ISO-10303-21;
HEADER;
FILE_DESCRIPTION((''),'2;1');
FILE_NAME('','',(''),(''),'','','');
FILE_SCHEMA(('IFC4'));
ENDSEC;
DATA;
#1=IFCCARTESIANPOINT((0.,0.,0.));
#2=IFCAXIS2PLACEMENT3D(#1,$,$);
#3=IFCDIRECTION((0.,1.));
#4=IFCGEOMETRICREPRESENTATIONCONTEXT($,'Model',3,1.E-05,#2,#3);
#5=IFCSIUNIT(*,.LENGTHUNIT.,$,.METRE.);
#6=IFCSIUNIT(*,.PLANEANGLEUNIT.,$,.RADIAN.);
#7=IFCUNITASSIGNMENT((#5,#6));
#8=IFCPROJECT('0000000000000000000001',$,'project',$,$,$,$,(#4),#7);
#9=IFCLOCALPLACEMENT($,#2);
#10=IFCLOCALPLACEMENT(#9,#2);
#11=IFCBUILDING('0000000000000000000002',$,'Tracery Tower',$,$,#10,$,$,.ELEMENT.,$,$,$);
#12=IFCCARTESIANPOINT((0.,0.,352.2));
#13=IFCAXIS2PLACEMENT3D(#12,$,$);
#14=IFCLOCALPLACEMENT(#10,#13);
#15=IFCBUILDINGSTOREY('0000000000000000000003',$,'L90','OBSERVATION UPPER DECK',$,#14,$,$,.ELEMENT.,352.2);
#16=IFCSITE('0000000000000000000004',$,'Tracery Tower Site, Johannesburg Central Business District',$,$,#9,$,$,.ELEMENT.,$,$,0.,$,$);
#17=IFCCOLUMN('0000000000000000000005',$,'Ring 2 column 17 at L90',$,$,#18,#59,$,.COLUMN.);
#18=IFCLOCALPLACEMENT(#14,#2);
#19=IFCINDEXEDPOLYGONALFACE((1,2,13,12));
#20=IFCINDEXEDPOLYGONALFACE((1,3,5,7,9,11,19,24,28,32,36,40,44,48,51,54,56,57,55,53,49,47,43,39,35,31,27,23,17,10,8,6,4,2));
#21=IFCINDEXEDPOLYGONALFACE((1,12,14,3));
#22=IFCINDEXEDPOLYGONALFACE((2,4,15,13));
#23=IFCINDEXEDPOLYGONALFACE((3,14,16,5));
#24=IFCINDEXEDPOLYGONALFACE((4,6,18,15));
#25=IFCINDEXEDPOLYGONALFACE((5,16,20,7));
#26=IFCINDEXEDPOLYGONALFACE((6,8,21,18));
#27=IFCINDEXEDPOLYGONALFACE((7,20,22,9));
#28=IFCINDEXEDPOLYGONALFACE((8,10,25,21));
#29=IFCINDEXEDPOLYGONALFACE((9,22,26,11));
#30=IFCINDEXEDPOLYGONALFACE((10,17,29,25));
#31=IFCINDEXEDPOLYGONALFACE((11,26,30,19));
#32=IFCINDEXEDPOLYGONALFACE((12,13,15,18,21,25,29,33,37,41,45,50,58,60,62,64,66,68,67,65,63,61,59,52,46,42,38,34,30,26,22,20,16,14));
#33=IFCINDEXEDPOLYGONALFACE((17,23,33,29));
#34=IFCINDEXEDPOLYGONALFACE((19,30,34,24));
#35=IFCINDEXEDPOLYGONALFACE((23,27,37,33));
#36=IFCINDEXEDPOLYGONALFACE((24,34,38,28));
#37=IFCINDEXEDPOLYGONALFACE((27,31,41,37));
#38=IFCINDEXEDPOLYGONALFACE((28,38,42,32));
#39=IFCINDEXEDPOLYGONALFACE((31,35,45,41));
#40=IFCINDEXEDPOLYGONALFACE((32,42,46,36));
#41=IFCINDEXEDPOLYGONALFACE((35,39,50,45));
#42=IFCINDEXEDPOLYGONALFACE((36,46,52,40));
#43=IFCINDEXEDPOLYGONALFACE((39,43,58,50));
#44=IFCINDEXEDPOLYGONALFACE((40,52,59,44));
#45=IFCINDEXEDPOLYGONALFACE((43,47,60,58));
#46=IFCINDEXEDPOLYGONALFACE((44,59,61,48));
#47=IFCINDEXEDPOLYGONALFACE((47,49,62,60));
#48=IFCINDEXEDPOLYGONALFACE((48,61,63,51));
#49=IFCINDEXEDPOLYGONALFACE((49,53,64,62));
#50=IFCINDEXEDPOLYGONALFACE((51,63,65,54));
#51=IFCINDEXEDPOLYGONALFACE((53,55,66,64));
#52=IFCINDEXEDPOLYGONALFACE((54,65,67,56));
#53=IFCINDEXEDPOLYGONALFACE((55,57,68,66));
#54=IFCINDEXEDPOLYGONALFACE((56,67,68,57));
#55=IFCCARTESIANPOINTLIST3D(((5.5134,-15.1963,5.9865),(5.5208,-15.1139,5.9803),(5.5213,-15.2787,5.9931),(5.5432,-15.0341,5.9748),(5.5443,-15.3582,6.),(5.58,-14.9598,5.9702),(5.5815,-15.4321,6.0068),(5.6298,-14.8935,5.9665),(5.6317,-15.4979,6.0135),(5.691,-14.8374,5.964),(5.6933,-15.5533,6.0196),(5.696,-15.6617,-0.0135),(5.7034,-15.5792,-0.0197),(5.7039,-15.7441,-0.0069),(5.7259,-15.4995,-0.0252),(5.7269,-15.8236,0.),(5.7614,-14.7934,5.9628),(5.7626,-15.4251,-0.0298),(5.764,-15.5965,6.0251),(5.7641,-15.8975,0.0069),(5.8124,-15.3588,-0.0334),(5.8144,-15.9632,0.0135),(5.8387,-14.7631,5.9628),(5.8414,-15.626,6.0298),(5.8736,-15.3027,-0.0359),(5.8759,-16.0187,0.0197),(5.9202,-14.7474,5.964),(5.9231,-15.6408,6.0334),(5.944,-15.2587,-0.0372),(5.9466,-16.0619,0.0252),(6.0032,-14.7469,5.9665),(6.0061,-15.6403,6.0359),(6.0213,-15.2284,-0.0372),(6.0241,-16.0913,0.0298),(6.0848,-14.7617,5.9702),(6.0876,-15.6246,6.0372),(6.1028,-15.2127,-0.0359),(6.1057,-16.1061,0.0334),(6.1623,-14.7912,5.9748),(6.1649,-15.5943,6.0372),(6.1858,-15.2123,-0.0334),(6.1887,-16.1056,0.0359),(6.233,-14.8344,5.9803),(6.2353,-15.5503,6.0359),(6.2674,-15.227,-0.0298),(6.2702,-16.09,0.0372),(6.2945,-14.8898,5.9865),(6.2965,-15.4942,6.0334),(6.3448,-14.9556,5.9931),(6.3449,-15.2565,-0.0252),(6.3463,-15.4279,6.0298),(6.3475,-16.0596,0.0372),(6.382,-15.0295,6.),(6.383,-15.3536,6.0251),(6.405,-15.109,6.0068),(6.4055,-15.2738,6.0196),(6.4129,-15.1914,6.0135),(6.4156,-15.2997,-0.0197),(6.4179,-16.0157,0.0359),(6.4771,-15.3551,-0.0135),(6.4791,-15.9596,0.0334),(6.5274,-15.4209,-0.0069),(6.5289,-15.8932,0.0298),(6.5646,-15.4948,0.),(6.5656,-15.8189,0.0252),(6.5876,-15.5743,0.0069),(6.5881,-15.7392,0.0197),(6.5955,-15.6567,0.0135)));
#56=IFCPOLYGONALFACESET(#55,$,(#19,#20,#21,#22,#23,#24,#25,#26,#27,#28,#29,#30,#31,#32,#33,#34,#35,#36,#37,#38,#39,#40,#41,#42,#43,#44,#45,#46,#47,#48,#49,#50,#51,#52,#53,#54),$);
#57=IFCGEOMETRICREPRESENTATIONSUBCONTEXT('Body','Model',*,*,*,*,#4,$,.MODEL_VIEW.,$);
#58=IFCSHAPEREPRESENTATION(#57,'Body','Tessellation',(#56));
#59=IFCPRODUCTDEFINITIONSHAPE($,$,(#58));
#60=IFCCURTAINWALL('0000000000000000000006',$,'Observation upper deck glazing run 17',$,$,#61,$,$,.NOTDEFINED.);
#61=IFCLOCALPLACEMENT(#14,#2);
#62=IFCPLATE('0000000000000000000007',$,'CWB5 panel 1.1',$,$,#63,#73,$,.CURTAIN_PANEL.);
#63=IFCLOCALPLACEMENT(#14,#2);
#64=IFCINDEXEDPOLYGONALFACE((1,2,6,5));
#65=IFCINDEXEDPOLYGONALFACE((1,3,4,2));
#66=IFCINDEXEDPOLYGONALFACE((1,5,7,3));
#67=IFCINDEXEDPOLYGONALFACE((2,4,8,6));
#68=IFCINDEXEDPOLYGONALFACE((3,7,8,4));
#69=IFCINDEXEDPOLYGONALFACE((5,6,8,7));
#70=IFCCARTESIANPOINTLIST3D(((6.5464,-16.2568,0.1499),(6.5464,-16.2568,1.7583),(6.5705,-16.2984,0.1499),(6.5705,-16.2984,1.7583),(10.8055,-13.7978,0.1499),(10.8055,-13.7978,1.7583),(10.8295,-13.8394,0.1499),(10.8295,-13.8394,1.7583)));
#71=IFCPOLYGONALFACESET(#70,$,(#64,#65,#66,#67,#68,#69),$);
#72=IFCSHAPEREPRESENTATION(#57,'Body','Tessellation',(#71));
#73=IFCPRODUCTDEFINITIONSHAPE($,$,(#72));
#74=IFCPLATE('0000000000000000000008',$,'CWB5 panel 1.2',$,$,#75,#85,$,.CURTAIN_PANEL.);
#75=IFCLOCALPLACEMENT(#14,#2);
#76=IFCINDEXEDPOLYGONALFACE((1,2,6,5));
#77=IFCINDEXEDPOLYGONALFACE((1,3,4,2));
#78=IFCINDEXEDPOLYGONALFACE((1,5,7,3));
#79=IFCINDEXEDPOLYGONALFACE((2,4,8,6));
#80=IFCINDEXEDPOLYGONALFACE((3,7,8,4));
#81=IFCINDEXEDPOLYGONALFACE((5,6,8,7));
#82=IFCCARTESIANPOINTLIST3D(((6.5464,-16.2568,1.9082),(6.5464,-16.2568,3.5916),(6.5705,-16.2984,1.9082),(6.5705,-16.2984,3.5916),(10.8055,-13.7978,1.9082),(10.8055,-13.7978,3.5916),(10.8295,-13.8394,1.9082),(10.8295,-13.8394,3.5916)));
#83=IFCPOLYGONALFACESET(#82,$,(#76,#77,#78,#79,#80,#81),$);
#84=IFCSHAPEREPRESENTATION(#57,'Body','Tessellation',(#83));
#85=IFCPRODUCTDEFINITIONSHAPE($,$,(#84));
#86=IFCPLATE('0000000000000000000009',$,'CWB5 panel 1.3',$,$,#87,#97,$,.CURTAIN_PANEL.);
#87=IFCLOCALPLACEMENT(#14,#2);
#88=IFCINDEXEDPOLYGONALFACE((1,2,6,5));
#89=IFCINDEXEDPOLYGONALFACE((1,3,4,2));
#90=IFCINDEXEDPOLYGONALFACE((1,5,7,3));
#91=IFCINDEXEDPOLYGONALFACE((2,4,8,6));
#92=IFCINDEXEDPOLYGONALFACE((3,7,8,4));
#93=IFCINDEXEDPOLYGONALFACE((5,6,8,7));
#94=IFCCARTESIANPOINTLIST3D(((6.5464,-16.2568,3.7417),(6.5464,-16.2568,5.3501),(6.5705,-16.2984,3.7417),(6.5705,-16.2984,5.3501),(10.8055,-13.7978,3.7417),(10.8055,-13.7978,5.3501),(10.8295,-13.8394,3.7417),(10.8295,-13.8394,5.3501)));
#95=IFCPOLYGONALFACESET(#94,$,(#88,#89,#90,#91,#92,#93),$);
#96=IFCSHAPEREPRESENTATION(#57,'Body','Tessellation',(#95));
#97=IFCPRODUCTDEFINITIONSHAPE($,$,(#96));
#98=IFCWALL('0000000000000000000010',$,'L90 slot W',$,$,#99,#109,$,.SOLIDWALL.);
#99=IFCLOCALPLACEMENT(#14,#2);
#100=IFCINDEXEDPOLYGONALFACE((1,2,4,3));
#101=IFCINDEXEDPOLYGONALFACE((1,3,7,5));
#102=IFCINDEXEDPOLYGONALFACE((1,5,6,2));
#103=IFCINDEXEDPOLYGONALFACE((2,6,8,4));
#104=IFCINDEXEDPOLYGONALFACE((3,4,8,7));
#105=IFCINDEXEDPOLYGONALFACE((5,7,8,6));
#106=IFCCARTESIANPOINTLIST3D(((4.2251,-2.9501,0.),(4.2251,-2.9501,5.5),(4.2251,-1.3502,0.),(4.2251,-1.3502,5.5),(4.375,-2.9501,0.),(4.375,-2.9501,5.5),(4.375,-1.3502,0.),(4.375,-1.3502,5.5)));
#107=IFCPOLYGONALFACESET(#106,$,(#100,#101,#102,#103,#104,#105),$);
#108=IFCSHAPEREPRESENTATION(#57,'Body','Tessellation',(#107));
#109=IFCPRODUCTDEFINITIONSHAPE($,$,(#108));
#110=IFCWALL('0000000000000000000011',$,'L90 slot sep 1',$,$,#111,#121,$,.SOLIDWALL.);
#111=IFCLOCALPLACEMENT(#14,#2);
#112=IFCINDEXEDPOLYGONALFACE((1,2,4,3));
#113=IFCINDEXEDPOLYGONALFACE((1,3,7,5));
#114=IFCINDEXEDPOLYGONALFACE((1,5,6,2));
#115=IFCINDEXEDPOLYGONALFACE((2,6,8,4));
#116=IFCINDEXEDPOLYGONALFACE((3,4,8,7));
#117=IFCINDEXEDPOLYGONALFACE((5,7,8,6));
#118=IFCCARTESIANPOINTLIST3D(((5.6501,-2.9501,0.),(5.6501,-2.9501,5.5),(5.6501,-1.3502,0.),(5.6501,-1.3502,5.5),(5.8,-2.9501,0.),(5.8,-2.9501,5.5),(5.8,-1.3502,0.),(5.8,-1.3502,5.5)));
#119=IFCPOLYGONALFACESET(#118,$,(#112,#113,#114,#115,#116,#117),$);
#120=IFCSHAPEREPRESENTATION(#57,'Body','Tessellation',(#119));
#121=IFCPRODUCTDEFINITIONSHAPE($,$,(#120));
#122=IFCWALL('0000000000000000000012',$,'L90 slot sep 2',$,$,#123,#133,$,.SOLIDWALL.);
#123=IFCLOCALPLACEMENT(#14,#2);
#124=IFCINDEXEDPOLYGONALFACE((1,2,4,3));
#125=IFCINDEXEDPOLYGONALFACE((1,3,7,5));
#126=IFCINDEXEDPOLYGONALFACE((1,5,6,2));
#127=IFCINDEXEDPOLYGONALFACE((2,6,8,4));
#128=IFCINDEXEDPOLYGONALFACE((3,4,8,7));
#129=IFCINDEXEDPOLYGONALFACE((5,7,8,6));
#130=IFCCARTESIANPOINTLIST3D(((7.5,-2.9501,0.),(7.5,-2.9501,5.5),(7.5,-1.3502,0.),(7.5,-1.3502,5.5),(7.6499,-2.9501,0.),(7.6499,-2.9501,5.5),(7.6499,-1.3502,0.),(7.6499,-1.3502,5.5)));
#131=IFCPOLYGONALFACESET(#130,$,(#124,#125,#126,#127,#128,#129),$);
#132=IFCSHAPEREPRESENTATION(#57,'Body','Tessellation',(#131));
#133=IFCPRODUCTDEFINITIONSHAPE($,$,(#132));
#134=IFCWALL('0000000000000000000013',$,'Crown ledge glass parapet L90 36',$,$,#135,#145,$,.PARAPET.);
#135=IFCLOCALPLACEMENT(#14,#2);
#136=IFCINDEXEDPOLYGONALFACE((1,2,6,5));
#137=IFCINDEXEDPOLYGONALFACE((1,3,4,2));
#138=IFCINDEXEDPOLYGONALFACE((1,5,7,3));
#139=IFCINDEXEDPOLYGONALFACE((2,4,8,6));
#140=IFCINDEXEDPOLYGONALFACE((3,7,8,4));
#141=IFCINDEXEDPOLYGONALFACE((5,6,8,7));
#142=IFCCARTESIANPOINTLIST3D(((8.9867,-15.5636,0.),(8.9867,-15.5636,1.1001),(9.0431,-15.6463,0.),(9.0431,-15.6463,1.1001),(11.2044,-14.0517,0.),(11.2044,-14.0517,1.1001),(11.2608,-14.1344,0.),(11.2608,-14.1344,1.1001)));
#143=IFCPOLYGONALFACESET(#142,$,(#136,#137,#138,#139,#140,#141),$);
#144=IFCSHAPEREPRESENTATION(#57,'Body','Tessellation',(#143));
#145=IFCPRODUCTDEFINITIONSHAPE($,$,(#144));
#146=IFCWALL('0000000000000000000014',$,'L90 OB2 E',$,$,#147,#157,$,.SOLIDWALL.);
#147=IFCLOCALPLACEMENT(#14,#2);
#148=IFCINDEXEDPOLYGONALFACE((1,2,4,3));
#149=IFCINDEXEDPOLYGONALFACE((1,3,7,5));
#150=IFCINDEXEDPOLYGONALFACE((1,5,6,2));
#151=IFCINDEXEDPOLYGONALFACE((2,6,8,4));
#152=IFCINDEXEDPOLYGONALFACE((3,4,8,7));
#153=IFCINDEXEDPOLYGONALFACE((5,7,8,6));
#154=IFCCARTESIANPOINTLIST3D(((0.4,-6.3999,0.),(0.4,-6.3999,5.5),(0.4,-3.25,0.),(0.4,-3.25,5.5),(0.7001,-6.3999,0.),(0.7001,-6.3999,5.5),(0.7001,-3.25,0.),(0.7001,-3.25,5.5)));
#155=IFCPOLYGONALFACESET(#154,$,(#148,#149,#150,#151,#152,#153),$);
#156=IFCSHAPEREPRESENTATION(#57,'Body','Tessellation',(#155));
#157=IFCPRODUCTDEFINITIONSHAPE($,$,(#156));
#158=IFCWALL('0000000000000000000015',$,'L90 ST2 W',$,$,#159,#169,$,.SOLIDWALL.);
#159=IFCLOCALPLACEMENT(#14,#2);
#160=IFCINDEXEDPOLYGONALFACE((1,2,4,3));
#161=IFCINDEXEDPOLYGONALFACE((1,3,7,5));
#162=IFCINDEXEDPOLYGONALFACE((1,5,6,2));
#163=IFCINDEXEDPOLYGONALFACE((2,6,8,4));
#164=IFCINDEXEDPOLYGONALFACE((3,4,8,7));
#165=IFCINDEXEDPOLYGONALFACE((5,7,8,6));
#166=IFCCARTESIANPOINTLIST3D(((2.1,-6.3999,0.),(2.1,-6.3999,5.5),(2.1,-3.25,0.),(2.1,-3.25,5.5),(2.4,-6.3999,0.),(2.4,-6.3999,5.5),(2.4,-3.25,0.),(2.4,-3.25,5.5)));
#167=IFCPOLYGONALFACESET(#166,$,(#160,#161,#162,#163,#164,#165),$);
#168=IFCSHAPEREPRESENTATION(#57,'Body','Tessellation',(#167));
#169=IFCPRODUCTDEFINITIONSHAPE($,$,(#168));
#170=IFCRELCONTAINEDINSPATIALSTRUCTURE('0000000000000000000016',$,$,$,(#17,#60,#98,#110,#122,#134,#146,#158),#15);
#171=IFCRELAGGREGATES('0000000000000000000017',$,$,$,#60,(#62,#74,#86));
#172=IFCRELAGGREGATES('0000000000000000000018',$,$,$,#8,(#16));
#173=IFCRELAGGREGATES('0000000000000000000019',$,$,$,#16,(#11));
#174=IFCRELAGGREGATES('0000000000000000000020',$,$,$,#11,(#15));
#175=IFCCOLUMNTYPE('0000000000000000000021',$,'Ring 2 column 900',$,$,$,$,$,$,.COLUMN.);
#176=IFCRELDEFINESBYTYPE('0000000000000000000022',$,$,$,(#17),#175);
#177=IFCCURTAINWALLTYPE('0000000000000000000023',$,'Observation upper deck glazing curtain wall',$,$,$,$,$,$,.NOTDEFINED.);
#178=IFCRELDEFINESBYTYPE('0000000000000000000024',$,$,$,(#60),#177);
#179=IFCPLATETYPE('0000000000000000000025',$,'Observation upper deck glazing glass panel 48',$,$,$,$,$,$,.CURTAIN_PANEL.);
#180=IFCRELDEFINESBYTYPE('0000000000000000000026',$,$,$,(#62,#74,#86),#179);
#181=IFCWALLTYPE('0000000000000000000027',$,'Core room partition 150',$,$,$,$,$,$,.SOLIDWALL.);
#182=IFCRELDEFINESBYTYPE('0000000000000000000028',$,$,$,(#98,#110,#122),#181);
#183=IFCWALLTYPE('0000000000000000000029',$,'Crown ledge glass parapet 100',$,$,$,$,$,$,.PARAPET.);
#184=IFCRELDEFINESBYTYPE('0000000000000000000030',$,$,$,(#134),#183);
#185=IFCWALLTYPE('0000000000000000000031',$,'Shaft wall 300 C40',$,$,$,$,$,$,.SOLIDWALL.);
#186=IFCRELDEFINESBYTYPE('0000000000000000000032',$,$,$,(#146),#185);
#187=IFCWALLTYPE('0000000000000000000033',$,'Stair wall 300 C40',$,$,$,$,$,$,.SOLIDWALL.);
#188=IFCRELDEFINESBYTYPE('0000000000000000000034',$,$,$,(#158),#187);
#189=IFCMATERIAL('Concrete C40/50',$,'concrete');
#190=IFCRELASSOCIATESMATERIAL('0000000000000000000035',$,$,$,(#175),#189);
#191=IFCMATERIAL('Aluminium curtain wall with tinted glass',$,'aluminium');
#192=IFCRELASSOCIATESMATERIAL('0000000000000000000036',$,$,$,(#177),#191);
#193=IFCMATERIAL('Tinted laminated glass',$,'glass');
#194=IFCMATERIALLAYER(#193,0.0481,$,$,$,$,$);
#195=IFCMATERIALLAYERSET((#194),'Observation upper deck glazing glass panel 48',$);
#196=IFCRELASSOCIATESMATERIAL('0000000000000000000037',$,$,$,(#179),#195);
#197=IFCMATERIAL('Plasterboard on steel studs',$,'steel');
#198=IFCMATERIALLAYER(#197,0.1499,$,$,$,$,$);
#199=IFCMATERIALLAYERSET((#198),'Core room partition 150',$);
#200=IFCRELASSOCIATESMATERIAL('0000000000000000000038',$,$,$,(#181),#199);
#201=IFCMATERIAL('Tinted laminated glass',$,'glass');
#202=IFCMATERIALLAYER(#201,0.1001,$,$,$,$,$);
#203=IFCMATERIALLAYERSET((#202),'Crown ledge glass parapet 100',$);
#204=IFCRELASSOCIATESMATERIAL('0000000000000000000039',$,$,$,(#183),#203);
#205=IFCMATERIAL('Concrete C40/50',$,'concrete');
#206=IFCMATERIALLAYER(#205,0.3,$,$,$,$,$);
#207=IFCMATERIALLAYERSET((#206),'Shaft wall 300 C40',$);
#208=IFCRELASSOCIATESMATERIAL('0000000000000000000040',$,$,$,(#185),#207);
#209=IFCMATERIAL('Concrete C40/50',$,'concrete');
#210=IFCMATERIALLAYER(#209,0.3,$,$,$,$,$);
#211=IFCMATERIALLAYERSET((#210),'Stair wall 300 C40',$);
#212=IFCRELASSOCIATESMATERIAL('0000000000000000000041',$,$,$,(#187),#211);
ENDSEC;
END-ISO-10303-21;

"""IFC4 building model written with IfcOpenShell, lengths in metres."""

from ifc_helpers import new_model, si_unit, direction, frame, frame_2d, origin, origin_2d, place, context, subcontext, project, spatial, rectangle, circle, extrude, material, layer, layer_set, material_profile, profile_set, type_object, element, aggregate, save


model = new_model("IFC4")

# Units and contexts
model_context = context("Model", 3, precision=1e-05, world=origin(), true_north=direction((0.0, 1.0)))
body_context = subcontext(model_context, "Body", "Model", "MODEL_VIEW")
ifc_project = project(units=[si_unit("LENGTHUNIT", "METRE"), si_unit("PLANEANGLEUNIT", "RADIAN")], contexts=[model_context])

# Site, building, storey
site_placement = place(None, origin())
site = spatial("IfcSite", under=ifc_project, at=site_placement, Name="Tracery Tower Site, Johannesburg Central Business District", CompositionType="ELEMENT", RefElevation=0.0)
building_placement = place(site_placement, origin())
building = spatial("IfcBuilding", under=site, at=building_placement, Name="Tracery Tower", CompositionType="ELEMENT")
storey_placement = place(building_placement, frame((0.0, 0.0, 352.2)))
storey = spatial("IfcBuildingStorey", under=building, at=storey_placement, Name="L90", Description="OBSERVATION UPPER DECK", CompositionType="ELEMENT", Elevation=352.2)

# Column
ifc_material_1 = material(Name="Concrete C40/50", Category="concrete")
ifc_material_profile = material_profile(ifc_material_1, circle(Radius=0.45, at=origin_2d()), Name="RC D900")
ifc_profile_set = profile_set([ifc_material_profile], Name="Concrete C40/50")
column_type = type_object("IfcColumnType", Name="Ring 2 column 900", PredefinedType="COLUMN", material=ifc_profile_set)
column_placement = place(storey_placement, frame((6.1458, -15.6592, 0.0), z_axis=(-0.030331, 0.077288, 0.996547), x_axis=(-0.930882, -0.36532, 0.0)))
element("IfcColumn", 1, at=column_placement, inside=storey, type_object=column_type, Name="Ring 2 column 17 at L90", PredefinedType="COLUMN", context=body_context, shape_type="SweptSolid", body=[
    extrude(circle(Radius=0.45, at=origin_2d()), origin(), (0.0, 0.0, 1.0), 6.0208),
])

# Curtain wall, plates
ifc_material_2 = material(Name="Aluminium curtain wall with tinted glass", Category="aluminium")
curtain_wall_type = type_object("IfcCurtainWallType", Name="Observation upper deck glazing curtain wall", PredefinedType="NOTDEFINED", material=ifc_material_2)
curtain_wall_placement = place(storey_placement, origin())
curtain_wall = element("IfcCurtainWall", 2, at=curtain_wall_placement, inside=storey, type_object=curtain_wall_type, Name="Observation upper deck glazing run 17", PredefinedType="NOTDEFINED")
ifc_material_3 = material(Name="Tinted laminated glass", Category="glass")
ifc_layer_1 = layer(ifc_material_3, 0.0481)
ifc_layer_set_1 = layer_set([ifc_layer_1], Name="Observation upper deck glazing glass panel 48")
plate_type = type_object("IfcPlateType", Name="Observation upper deck glazing glass panel 48", PredefinedType="CURTAIN_PANEL", material=ifc_layer_set_1)
plate_1_placement = place(storey_placement, frame((8.688, -15.0481, 0.1499), z_axis=(0.0, 0.0, 1.0), x_axis=(0.866023, 0.500005, 0.0)))
plate_1 = element("IfcPlate", 3, at=plate_1_placement, type_object=plate_type, Name="CWB5 panel 1.1", PredefinedType="CURTAIN_PANEL", context=body_context, shape_type="SweptSolid", body=[
    extrude(rectangle(XDim=4.918, YDim=0.0481, at=origin_2d()), origin(), (0.0, 0.0, 1.0), 1.6084),
])
plate_2_placement = place(storey_placement, frame((8.688, -15.0481, 1.9082), z_axis=(0.0, 0.0, 1.0), x_axis=(0.866023, 0.500005, 0.0)))
plate_2 = element("IfcPlate", 4, at=plate_2_placement, type_object=plate_type, Name="CWB5 panel 1.2", PredefinedType="CURTAIN_PANEL", context=body_context, shape_type="SweptSolid", body=[
    extrude(rectangle(XDim=4.918, YDim=0.0481, at=origin_2d()), origin(), (0.0, 0.0, 1.0), 1.6833),
])
plate_3_placement = place(storey_placement, frame((8.688, -15.0481, 3.7417), z_axis=(0.0, 0.0, 1.0), x_axis=(0.866023, 0.500005, 0.0)))
plate_3 = element("IfcPlate", 5, at=plate_3_placement, type_object=plate_type, Name="CWB5 panel 1.3", PredefinedType="CURTAIN_PANEL", context=body_context, shape_type="SweptSolid", body=[
    extrude(rectangle(XDim=4.918, YDim=0.0481, at=origin_2d()), origin(), (0.0, 0.0, 1.0), 1.6084),
])
aggregate(curtain_wall, [plate_1, plate_2, plate_3])

# Walls
ifc_material_4 = material(Name="Plasterboard on steel studs", Category="steel")
ifc_layer_2 = layer(ifc_material_4, 0.1499)
ifc_layer_set_2 = layer_set([ifc_layer_2], Name="Core room partition 150")
wall_type_1 = type_object("IfcWallType", Name="Core room partition 150", PredefinedType="SOLIDWALL", material=ifc_layer_set_2)
for number, where, z_axis, x_axis, name in (
    (6, (4.3, -2.95, 0.0), (0.0, 0.0, 1.0), (0.0, 1.0, 0.0), "L90 slot W"),
    (7, (5.7251, -2.95, 0.0), (0.0, 0.0, 1.0), (0.0, 1.0, 0.0), "L90 slot sep 1"),
    (8, (7.575, -2.95, 0.0), (0.0, 0.0, 1.0), (0.0, 1.0, 0.0), "L90 slot sep 2"),
):
    element("IfcWall", number, at=place(storey_placement, frame(where, z_axis=z_axis, x_axis=x_axis)), inside=storey, type_object=wall_type_1, Name=name, PredefinedType="SOLIDWALL", context=body_context, shape_type="SweptSolid", body=[
        extrude(rectangle(XDim=1.5999, YDim=0.1499, at=frame_2d((0.7998, 0.0))), origin(), (0.0, 0.0, 1.0), 5.5),
    ])
ifc_material_5 = material(Name="Tinted laminated glass", Category="glass")
ifc_layer_3 = layer(ifc_material_5, 0.1001)
ifc_layer_set_3 = layer_set([ifc_layer_3], Name="Crown ledge glass parapet 100")
wall_type_2 = type_object("IfcWallType", Name="Crown ledge glass parapet 100", PredefinedType="PARAPET", material=ifc_layer_set_3)
wall_1_placement = place(storey_placement, frame((9.0149, -15.605, 0.0), z_axis=(0.0, 0.0, 1.0), x_axis=(0.826254, 0.563297, 0.0)))
element("IfcWall", 9, at=wall_1_placement, inside=storey, type_object=wall_type_2, Name="Crown ledge glass parapet L90 36", PredefinedType="PARAPET", context=body_context, shape_type="SweptSolid", body=[
    extrude(rectangle(XDim=2.6841, YDim=0.1001, at=frame_2d((1.342, 0.0))), origin(), (0.0, 0.0, 1.0), 1.1001),
])
ifc_material_6 = material(Name="Concrete C40/50", Category="concrete")
ifc_layer_4 = layer(ifc_material_6, 0.3)
ifc_layer_set_4 = layer_set([ifc_layer_4], Name="Shaft wall 300 C40")
wall_type_3 = type_object("IfcWallType", Name="Shaft wall 300 C40", PredefinedType="SOLIDWALL", material=ifc_layer_set_4)
wall_2_placement = place(storey_placement, frame((0.55, -6.3999, 0.0), z_axis=(0.0, 0.0, 1.0), x_axis=(0.0, 1.0, 0.0)))
element("IfcWall", 10, at=wall_2_placement, inside=storey, type_object=wall_type_3, Name="L90 OB2 E", PredefinedType="SOLIDWALL", context=body_context, shape_type="SweptSolid", body=[
    extrude(rectangle(XDim=3.1499, YDim=0.3, at=frame_2d((1.575, 0.0))), origin(), (0.0, 0.0, 1.0), 5.5),
])

# Shared definitions
ifc_material_7 = material(Name="Concrete C40/50", Category="concrete")
ifc_layer_5 = layer(ifc_material_7, 0.3)
ifc_layer_set_5 = layer_set([ifc_layer_5], Name="Stair wall 300 C40")
wall_type_4 = type_object("IfcWallType", Name="Stair wall 300 C40", PredefinedType="SOLIDWALL", material=ifc_layer_set_5)

# Wall
wall_3_placement = place(storey_placement, frame((2.25, -6.3999, 0.0), z_axis=(0.0, 0.0, 1.0), x_axis=(0.0, 1.0, 0.0)))
element("IfcWall", 11, at=wall_3_placement, inside=storey, type_object=wall_type_4, Name="L90 ST2 W", PredefinedType="SOLIDWALL", context=body_context, shape_type="SweptSolid", body=[
    extrude(rectangle(XDim=3.1499, YDim=0.3, at=frame_2d((1.575, 0.0))), origin(), (0.0, 0.0, 1.0), 5.5),
])

save(model, "model.ifc")
